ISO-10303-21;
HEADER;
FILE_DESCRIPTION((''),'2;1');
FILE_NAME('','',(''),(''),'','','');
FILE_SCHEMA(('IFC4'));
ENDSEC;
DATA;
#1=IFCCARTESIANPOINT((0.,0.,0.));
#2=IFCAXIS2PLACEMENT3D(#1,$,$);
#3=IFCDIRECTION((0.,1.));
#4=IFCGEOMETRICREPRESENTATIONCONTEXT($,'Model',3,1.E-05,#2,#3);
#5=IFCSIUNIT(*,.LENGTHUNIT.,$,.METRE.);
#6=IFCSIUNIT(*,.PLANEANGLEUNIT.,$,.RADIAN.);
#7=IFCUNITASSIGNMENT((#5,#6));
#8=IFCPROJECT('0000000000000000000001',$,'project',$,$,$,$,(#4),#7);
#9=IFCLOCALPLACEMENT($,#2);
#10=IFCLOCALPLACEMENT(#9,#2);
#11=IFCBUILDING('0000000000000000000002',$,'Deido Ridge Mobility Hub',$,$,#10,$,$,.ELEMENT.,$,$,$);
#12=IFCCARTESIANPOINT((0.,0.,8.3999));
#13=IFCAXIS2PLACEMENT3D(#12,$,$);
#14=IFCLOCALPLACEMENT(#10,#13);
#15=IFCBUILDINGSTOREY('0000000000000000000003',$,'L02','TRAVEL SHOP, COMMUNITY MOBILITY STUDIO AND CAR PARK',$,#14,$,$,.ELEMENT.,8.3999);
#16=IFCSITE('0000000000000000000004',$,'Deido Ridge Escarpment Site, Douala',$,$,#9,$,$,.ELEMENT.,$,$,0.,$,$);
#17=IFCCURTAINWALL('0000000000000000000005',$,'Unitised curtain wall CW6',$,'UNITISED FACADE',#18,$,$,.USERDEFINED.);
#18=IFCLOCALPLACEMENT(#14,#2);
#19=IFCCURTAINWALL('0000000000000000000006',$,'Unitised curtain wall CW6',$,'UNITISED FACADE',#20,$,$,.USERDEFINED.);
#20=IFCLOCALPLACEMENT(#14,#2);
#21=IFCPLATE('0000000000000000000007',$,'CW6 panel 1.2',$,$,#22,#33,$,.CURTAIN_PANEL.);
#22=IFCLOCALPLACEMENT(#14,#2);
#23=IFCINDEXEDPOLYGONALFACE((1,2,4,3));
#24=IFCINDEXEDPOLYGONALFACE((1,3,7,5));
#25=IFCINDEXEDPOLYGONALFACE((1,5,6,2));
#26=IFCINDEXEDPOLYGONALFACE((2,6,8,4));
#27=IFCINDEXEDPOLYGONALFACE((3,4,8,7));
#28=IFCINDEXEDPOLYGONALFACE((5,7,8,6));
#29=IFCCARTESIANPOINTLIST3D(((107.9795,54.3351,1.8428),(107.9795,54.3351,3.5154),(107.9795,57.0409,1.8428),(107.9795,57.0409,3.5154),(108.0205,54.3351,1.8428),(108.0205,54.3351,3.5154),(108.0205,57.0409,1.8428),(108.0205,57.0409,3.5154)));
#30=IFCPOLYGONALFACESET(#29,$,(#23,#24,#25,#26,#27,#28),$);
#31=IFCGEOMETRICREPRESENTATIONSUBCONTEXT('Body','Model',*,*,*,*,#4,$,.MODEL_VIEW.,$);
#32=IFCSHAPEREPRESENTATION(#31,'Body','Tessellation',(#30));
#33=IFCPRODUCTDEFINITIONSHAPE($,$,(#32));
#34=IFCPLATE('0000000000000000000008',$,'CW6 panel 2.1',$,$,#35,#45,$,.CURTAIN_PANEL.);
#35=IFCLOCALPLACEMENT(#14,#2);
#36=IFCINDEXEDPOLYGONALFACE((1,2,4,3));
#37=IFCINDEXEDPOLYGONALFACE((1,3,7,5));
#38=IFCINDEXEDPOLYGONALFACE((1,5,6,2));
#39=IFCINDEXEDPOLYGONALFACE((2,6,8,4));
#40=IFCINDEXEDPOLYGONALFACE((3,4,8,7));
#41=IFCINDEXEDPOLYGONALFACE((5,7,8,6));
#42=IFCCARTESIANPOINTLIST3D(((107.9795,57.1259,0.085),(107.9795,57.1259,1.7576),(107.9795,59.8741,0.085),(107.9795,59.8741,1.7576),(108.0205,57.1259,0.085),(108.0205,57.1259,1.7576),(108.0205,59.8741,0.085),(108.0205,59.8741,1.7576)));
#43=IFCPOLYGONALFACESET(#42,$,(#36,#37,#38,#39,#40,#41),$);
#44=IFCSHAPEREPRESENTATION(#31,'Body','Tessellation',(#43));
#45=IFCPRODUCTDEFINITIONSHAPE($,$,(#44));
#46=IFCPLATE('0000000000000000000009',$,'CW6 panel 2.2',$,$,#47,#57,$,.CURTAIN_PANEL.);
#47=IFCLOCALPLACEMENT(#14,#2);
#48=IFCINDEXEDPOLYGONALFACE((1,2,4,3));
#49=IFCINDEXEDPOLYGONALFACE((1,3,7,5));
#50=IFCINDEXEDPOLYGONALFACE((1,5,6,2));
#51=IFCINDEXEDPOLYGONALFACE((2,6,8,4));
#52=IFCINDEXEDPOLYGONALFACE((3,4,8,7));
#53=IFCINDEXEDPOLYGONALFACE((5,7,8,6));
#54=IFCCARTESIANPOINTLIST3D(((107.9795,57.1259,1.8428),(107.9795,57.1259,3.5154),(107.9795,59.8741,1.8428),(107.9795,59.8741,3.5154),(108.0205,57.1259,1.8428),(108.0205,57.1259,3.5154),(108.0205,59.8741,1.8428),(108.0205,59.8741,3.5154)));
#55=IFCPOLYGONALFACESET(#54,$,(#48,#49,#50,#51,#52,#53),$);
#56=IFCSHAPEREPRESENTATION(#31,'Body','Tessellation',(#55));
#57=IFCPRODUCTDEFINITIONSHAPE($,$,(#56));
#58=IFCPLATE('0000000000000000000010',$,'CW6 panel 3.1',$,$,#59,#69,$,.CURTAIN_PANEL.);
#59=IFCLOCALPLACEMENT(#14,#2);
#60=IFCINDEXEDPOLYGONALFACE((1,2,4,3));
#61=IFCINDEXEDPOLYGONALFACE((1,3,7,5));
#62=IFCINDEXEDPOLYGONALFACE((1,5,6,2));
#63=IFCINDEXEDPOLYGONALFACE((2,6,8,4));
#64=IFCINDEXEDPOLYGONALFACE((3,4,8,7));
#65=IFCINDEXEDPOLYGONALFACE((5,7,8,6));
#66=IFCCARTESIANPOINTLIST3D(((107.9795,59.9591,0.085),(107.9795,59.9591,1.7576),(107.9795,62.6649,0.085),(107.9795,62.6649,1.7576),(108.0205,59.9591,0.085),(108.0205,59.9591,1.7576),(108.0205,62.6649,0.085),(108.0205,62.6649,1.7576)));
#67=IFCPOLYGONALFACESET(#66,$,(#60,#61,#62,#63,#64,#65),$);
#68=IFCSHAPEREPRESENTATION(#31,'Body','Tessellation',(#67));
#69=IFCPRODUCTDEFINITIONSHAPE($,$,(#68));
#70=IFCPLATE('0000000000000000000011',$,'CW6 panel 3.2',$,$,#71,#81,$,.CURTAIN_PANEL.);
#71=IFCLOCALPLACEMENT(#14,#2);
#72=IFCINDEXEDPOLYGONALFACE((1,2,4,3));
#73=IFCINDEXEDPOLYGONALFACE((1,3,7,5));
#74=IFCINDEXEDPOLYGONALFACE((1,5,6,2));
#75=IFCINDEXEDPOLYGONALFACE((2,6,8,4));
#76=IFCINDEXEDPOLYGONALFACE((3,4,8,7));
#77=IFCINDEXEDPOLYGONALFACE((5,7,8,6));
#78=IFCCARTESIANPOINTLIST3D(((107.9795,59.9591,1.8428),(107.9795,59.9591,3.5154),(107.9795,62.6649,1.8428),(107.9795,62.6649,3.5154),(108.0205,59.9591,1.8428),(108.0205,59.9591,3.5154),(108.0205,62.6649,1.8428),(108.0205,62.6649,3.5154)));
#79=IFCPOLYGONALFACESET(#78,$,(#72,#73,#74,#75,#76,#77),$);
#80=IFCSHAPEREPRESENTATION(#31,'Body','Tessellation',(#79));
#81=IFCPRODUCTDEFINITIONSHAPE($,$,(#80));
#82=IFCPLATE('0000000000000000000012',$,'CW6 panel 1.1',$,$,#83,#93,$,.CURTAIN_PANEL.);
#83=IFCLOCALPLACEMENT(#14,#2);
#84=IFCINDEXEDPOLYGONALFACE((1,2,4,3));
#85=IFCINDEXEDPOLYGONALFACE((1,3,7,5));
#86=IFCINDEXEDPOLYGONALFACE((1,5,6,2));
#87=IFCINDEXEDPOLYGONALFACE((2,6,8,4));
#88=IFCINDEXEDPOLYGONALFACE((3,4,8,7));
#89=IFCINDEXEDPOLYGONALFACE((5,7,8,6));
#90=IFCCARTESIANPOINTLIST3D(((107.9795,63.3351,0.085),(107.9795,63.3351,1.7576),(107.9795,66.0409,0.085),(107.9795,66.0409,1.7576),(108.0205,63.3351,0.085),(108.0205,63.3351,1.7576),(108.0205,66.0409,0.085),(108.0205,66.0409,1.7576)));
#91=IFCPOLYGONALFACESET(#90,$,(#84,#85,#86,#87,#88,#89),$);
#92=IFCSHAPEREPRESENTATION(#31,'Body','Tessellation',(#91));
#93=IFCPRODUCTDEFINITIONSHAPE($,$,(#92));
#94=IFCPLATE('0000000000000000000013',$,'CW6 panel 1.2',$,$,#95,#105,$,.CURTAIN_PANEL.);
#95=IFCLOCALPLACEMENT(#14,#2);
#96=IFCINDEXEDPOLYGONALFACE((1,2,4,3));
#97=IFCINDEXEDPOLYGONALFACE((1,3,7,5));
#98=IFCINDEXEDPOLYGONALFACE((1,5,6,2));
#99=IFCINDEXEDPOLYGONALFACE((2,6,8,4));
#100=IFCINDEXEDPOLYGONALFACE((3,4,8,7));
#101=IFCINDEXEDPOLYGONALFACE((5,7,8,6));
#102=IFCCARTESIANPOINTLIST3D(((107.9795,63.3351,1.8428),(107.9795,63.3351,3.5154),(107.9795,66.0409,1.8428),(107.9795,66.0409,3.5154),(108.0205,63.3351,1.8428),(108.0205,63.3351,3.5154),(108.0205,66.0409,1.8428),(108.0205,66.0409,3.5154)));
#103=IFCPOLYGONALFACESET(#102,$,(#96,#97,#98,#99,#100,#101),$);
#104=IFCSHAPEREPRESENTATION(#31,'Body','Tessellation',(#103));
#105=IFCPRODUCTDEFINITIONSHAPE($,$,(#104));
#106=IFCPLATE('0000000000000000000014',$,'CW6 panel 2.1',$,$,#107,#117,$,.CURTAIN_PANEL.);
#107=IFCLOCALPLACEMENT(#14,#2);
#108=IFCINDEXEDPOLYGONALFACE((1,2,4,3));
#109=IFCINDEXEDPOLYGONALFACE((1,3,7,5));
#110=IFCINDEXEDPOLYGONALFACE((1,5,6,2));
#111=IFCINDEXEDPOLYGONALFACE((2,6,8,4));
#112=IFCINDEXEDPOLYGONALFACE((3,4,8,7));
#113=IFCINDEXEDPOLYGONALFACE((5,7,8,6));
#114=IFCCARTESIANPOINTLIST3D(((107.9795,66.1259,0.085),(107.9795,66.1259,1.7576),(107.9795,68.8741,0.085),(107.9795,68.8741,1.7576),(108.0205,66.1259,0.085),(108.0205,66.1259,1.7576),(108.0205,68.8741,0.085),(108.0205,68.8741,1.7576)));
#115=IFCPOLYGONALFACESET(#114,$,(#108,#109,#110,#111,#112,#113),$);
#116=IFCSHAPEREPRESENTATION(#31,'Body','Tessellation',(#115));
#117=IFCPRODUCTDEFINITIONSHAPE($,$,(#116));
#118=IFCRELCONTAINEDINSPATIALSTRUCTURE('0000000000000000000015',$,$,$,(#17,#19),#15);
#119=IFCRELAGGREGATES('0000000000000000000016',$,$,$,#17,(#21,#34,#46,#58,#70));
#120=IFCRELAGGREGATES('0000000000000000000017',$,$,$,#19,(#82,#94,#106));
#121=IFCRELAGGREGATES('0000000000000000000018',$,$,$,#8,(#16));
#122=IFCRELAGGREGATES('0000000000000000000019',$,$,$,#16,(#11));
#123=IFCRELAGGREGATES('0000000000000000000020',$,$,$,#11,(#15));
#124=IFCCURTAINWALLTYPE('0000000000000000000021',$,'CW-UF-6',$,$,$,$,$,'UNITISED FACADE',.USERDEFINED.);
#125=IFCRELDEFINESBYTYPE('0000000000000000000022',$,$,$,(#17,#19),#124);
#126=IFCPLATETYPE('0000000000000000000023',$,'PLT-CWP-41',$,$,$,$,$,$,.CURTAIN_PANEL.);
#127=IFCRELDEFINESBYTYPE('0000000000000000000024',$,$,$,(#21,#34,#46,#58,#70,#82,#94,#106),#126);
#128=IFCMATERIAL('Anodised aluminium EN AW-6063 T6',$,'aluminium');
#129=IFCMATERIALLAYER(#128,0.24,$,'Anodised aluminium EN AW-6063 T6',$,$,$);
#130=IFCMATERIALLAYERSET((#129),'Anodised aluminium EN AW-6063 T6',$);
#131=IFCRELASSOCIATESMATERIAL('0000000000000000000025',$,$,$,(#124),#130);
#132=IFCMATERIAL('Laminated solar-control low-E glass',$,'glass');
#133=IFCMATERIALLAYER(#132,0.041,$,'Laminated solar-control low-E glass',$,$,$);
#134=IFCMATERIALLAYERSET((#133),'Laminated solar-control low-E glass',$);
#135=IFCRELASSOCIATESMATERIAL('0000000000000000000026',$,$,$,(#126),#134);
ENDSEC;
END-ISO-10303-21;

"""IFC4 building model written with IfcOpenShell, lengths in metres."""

from ifc_helpers import new_model, si_unit, direction, frame, origin, origin_2d, place, context, subcontext, project, spatial, rectangle, extrude, material, layer, layer_set, type_object, element, aggregate, save


model = new_model("IFC4")

# Units and contexts
model_context = context("Model", 3, precision=1e-05, world=origin(), true_north=direction((0.0, 1.0)))
body_context = subcontext(model_context, "Body", "Model", "MODEL_VIEW")
ifc_project = project(units=[si_unit("LENGTHUNIT", "METRE"), si_unit("PLANEANGLEUNIT", "RADIAN")], contexts=[model_context])

# Site, building, storey
site_placement = place(None, origin())
site = spatial("IfcSite", under=ifc_project, at=site_placement, Name="Deido Ridge Escarpment Site, Douala", CompositionType="ELEMENT", RefElevation=0.0)
building_placement = place(site_placement, origin())
building = spatial("IfcBuilding", under=site, at=building_placement, Name="Deido Ridge Mobility Hub", CompositionType="ELEMENT")
storey_placement = place(building_placement, frame((0.0, 0.0, 8.3999)))
storey = spatial("IfcBuildingStorey", under=building, at=storey_placement, Name="L02", Description="TRAVEL SHOP, COMMUNITY MOBILITY STUDIO AND CAR PARK", CompositionType="ELEMENT", Elevation=8.3999)

# Curtain walls
ifc_material_1 = material(Name="Anodised aluminium EN AW-6063 T6", Category="aluminium")
ifc_layer_1 = layer(ifc_material_1, 0.24, Name="Anodised aluminium EN AW-6063 T6")
ifc_layer_set_1 = layer_set([ifc_layer_1], Name="Anodised aluminium EN AW-6063 T6")
curtain_wall_type = type_object("IfcCurtainWallType", Name="CW-UF-6", ElementType="UNITISED FACADE", PredefinedType="USERDEFINED", material=ifc_layer_set_1)
curtain_wall_1_placement = place(storey_placement, origin())
curtain_wall_1 = element("IfcCurtainWall", 1, at=curtain_wall_1_placement, inside=storey, type_object=curtain_wall_type, Name="Unitised curtain wall CW6", ObjectType="UNITISED FACADE", PredefinedType="USERDEFINED")
curtain_wall_2_placement = place(storey_placement, origin())
curtain_wall_2 = element("IfcCurtainWall", 2, at=curtain_wall_2_placement, inside=storey, type_object=curtain_wall_type, Name="Unitised curtain wall CW6", ObjectType="UNITISED FACADE", PredefinedType="USERDEFINED")

# Plates
ifc_material_2 = material(Name="Laminated solar-control low-E glass", Category="glass")
ifc_layer_2 = layer(ifc_material_2, 0.041, Name="Laminated solar-control low-E glass")
ifc_layer_set_2 = layer_set([ifc_layer_2], Name="Laminated solar-control low-E glass")
plate_type = type_object("IfcPlateType", Name="PLT-CWP-41", PredefinedType="CURTAIN_PANEL", material=ifc_layer_set_2)
plate_1_placement = place(storey_placement, frame((108.0, 55.688, 1.8428), z_axis=(0.0, 0.0, 1.0), x_axis=(0.0, 1.0, 0.0)))
plate_1 = element("IfcPlate", 3, at=plate_1_placement, type_object=plate_type, Name="CW6 panel 1.2", PredefinedType="CURTAIN_PANEL", context=body_context, shape_type="SweptSolid", body=[
    extrude(rectangle(XDim=2.7058, YDim=0.041, at=origin_2d()), origin(), (0.0, 0.0, 1.0), 1.6726),
])
plate_2_placement = place(storey_placement, frame((108.0, 58.5, 0.085), z_axis=(0.0, 0.0, 1.0), x_axis=(0.0, 1.0, 0.0)))
plate_2 = element("IfcPlate", 4, at=plate_2_placement, type_object=plate_type, Name="CW6 panel 2.1", PredefinedType="CURTAIN_PANEL", context=body_context, shape_type="SweptSolid", body=[
    extrude(rectangle(XDim=2.7483, YDim=0.041, at=origin_2d()), origin(), (0.0, 0.0, 1.0), 1.6726),
])
plate_3_placement = place(storey_placement, frame((108.0, 58.5, 1.8428), z_axis=(0.0, 0.0, 1.0), x_axis=(0.0, 1.0, 0.0)))
plate_3 = element("IfcPlate", 5, at=plate_3_placement, type_object=plate_type, Name="CW6 panel 2.2", PredefinedType="CURTAIN_PANEL", context=body_context, shape_type="SweptSolid", body=[
    extrude(rectangle(XDim=2.7483, YDim=0.041, at=origin_2d()), origin(), (0.0, 0.0, 1.0), 1.6726),
])
plate_4_placement = place(storey_placement, frame((108.0, 61.312, 0.085), z_axis=(0.0, 0.0, 1.0), x_axis=(0.0, 1.0, 0.0)))
plate_4 = element("IfcPlate", 6, at=plate_4_placement, type_object=plate_type, Name="CW6 panel 3.1", PredefinedType="CURTAIN_PANEL", context=body_context, shape_type="SweptSolid", body=[
    extrude(rectangle(XDim=2.7058, YDim=0.041, at=origin_2d()), origin(), (0.0, 0.0, 1.0), 1.6726),
])
plate_5_placement = place(storey_placement, frame((108.0, 61.312, 1.8428), z_axis=(0.0, 0.0, 1.0), x_axis=(0.0, 1.0, 0.0)))
plate_5 = element("IfcPlate", 7, at=plate_5_placement, type_object=plate_type, Name="CW6 panel 3.2", PredefinedType="CURTAIN_PANEL", context=body_context, shape_type="SweptSolid", body=[
    extrude(rectangle(XDim=2.7058, YDim=0.041, at=origin_2d()), origin(), (0.0, 0.0, 1.0), 1.6726),
])
aggregate(curtain_wall_1, [plate_1, plate_2, plate_3, plate_4, plate_5])
plate_6_placement = place(storey_placement, frame((108.0, 64.688, 0.085), z_axis=(0.0, 0.0, 1.0), x_axis=(0.0, 1.0, 0.0)))
plate_6 = element("IfcPlate", 8, at=plate_6_placement, type_object=plate_type, Name="CW6 panel 1.1", PredefinedType="CURTAIN_PANEL", context=body_context, shape_type="SweptSolid", body=[
    extrude(rectangle(XDim=2.7058, YDim=0.041, at=origin_2d()), origin(), (0.0, 0.0, 1.0), 1.6726),
])
plate_7_placement = place(storey_placement, frame((108.0, 64.688, 1.8428), z_axis=(0.0, 0.0, 1.0), x_axis=(0.0, 1.0, 0.0)))
plate_7 = element("IfcPlate", 9, at=plate_7_placement, type_object=plate_type, Name="CW6 panel 1.2", PredefinedType="CURTAIN_PANEL", context=body_context, shape_type="SweptSolid", body=[
    extrude(rectangle(XDim=2.7058, YDim=0.041, at=origin_2d()), origin(), (0.0, 0.0, 1.0), 1.6726),
])
plate_8_placement = place(storey_placement, frame((108.0, 67.5, 0.085), z_axis=(0.0, 0.0, 1.0), x_axis=(0.0, 1.0, 0.0)))
plate_8 = element("IfcPlate", 10, at=plate_8_placement, type_object=plate_type, Name="CW6 panel 2.1", PredefinedType="CURTAIN_PANEL", context=body_context, shape_type="SweptSolid", body=[
    extrude(rectangle(XDim=2.7483, YDim=0.041, at=origin_2d()), origin(), (0.0, 0.0, 1.0), 1.6726),
])
aggregate(curtain_wall_2, [plate_6, plate_7, plate_8])

save(model, "model.ifc")
